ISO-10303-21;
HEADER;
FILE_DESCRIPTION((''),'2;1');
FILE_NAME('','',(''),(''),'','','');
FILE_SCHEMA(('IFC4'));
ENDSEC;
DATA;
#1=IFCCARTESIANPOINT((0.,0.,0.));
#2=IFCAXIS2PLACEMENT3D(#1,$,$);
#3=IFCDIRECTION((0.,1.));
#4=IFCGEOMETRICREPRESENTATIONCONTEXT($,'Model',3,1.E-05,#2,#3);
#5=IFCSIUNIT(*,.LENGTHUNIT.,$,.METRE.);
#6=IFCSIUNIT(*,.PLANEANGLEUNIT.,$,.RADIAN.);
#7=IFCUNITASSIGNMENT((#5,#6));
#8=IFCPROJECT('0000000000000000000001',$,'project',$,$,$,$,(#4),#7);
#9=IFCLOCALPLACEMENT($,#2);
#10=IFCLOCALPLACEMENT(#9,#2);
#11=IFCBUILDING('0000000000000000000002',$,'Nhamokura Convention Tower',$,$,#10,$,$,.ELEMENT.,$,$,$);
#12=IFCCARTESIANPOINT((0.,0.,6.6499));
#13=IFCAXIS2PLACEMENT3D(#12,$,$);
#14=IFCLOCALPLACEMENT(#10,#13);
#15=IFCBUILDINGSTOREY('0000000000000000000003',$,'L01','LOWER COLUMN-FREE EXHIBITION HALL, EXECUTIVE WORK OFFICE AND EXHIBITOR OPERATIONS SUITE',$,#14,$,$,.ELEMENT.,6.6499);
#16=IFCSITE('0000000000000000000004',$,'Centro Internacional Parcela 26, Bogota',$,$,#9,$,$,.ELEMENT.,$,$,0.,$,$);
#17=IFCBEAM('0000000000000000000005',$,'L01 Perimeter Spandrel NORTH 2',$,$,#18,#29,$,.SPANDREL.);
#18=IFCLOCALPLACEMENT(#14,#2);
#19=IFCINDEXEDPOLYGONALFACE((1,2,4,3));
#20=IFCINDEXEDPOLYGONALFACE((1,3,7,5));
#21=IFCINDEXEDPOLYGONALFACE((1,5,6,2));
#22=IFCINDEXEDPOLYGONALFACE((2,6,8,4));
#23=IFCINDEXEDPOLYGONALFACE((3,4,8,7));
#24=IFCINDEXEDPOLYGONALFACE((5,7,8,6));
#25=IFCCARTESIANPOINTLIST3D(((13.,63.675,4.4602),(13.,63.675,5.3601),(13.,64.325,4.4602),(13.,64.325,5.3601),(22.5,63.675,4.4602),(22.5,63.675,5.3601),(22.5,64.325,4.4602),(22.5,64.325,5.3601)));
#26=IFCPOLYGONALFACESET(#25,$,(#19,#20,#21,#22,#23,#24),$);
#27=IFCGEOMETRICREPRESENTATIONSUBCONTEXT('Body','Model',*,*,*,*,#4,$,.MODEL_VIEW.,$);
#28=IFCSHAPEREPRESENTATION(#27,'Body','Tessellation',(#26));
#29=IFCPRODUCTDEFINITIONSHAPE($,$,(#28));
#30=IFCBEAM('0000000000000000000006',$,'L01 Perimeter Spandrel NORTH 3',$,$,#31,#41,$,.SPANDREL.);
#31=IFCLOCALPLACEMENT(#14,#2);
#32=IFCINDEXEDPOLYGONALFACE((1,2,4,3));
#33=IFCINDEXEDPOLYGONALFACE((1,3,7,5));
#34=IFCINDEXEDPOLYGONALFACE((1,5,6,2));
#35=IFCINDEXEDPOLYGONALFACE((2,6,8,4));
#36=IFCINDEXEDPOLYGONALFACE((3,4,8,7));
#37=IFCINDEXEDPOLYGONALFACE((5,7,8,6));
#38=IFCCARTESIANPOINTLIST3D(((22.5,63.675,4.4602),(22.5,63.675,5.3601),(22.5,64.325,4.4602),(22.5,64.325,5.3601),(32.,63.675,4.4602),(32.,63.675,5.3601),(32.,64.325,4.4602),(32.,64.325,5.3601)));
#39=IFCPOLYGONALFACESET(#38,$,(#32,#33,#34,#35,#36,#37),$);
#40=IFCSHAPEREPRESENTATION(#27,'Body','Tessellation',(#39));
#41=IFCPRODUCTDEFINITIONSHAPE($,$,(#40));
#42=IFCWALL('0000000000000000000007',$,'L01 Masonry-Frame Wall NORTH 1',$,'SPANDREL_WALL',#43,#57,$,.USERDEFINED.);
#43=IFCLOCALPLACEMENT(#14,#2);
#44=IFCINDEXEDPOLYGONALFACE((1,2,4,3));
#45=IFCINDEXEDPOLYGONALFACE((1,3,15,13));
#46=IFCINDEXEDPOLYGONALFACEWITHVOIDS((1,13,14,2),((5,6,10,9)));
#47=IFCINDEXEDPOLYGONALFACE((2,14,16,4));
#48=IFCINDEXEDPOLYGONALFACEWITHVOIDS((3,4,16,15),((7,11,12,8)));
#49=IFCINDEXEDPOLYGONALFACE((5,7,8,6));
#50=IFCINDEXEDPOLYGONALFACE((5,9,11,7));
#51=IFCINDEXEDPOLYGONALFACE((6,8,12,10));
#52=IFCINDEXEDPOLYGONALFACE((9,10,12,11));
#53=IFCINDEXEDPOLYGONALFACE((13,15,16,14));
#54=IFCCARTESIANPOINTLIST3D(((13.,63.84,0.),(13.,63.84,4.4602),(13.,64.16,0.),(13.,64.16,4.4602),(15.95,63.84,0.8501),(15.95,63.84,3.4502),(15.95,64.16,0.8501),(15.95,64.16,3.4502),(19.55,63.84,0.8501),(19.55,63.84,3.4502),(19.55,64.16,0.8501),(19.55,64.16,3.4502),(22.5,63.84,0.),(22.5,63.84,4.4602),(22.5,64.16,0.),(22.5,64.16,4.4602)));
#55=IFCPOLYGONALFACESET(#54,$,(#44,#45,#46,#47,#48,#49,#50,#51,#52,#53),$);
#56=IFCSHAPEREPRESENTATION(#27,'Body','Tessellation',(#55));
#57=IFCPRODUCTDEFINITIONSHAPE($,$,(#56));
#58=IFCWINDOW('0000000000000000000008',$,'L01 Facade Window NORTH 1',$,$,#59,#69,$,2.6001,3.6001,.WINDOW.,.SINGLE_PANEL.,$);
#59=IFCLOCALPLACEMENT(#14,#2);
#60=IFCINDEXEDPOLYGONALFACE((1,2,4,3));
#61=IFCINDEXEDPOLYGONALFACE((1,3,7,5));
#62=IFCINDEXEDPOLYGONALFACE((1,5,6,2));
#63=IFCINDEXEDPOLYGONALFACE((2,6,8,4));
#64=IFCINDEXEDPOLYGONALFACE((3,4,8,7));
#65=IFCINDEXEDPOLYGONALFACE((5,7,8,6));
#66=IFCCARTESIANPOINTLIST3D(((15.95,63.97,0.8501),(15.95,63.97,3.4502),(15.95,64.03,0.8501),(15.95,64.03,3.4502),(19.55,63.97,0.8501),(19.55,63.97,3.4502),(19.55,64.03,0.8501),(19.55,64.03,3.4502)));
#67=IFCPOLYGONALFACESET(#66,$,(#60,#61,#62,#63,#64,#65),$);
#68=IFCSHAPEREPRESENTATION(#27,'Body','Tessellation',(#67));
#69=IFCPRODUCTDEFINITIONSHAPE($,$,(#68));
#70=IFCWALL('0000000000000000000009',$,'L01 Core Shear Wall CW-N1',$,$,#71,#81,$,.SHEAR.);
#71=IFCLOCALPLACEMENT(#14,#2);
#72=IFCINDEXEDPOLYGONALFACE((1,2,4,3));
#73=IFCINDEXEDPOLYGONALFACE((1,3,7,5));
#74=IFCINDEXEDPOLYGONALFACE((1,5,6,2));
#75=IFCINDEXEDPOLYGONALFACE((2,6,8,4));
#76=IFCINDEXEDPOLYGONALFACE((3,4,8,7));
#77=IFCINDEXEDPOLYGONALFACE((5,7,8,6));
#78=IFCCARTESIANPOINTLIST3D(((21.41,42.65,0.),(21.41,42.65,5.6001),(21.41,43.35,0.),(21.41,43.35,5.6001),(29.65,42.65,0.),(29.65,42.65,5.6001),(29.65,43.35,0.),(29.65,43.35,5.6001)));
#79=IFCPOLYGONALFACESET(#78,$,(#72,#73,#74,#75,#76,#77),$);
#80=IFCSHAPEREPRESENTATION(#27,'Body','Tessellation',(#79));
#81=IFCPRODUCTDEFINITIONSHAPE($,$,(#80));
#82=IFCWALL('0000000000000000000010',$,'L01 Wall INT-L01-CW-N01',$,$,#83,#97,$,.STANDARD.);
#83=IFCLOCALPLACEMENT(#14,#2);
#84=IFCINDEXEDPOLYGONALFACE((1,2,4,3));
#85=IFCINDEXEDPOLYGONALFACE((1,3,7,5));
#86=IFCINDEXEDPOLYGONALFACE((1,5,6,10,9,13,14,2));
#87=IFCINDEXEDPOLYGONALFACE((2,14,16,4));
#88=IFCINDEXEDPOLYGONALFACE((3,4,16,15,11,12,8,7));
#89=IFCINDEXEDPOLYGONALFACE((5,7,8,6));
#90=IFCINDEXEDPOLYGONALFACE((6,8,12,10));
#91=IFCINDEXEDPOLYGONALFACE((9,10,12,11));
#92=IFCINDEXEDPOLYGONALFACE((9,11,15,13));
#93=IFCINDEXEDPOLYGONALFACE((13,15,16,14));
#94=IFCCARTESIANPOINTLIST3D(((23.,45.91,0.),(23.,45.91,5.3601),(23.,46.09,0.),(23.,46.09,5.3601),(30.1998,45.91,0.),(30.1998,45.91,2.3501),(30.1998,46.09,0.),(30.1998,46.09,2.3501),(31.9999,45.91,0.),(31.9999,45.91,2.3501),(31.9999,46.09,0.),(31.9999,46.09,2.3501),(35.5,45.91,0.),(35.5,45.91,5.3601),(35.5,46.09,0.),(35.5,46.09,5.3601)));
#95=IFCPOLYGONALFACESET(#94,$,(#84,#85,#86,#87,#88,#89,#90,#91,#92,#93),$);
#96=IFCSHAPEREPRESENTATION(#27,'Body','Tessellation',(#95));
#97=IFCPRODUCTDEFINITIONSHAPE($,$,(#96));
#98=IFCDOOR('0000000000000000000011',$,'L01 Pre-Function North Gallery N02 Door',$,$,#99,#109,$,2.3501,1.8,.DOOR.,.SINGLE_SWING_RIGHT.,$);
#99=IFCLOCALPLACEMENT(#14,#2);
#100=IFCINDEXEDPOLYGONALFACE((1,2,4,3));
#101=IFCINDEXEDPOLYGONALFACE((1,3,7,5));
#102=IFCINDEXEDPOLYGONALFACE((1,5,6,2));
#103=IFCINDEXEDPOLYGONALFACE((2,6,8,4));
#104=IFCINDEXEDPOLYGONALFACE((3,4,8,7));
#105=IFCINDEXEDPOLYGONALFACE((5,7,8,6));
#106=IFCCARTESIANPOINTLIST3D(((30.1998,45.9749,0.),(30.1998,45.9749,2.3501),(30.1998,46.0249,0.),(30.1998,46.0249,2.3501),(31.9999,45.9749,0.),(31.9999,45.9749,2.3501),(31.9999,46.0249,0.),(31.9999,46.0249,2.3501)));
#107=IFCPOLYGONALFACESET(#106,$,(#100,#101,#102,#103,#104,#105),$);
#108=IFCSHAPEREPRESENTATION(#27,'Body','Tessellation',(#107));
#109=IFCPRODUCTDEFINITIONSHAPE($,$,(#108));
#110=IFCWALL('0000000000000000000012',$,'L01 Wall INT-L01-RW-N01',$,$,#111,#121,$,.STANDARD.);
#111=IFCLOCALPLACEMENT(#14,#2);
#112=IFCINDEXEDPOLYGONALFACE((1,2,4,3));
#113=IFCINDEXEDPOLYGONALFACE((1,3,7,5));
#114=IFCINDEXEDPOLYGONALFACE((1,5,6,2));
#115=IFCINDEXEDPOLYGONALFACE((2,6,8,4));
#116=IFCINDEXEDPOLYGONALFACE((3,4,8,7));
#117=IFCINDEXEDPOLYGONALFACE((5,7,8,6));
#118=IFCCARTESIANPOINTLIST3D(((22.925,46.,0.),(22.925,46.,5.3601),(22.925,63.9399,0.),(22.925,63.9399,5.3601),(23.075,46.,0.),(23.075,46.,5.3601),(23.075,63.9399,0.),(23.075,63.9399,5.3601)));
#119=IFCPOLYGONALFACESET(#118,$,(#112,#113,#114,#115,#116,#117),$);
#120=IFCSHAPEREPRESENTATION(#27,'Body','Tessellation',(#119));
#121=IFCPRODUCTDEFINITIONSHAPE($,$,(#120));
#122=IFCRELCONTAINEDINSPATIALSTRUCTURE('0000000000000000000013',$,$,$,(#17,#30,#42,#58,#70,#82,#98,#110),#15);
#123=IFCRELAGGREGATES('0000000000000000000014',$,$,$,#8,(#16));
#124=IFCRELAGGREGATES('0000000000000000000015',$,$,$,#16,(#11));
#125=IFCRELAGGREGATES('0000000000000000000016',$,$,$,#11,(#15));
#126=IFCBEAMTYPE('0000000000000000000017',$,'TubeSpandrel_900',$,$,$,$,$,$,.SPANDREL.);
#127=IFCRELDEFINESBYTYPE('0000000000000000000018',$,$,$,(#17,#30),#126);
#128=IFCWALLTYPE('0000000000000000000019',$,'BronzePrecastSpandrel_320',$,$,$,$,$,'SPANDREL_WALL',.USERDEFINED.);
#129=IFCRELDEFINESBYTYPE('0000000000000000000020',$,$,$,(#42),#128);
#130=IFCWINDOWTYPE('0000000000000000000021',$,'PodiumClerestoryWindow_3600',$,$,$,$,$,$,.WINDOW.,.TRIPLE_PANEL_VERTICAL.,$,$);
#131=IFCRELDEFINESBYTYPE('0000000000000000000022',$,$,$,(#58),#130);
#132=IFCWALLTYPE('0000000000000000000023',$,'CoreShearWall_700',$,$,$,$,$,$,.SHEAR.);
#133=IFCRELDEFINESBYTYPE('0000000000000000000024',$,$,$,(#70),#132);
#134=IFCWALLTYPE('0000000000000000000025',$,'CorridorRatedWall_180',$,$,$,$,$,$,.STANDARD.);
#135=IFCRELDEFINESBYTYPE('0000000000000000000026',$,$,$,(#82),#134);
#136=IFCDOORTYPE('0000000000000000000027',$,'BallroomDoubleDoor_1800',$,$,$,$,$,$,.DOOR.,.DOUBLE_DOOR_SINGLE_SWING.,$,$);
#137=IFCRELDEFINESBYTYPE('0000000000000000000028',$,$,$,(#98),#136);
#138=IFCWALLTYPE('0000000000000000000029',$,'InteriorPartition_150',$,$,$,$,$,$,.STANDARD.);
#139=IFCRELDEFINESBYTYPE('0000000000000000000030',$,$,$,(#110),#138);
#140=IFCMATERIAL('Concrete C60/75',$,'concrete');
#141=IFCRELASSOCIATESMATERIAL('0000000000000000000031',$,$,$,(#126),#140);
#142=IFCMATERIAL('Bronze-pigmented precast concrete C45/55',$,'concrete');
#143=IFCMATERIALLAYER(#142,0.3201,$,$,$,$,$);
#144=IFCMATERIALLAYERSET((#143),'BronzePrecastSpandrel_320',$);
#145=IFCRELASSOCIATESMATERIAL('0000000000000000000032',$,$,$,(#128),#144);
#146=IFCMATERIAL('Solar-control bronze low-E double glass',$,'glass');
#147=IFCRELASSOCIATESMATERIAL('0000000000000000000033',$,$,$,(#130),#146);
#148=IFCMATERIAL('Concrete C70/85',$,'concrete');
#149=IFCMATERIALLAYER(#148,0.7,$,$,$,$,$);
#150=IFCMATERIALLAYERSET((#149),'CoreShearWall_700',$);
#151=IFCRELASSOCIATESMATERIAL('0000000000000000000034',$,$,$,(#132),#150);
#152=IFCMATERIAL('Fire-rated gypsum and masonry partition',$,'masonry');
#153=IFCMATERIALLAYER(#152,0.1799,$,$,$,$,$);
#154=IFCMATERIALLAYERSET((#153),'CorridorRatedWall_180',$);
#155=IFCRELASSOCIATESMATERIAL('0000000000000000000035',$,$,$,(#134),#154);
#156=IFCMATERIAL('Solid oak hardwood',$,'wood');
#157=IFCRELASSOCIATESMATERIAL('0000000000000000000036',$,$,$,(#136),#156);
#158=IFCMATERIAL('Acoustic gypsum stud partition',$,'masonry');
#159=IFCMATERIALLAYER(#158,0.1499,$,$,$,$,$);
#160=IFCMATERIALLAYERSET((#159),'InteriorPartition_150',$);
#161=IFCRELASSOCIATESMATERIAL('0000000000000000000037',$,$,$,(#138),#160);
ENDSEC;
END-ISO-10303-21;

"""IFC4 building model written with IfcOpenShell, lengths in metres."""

from ifc_helpers import new_model, si_unit, direction, frame, frame_2d, origin, origin_2d, place, context, subcontext, project, spatial, rectangle, extrude, material, layer, layer_set, material_profile, profile_set, type_object, element, fill, save


model = new_model("IFC4")

# Units and contexts
model_context = context("Model", 3, precision=1e-05, world=origin(), true_north=direction((0.0, 1.0)))
body_context = subcontext(model_context, "Body", "Model", "MODEL_VIEW")
ifc_project = project(units=[si_unit("LENGTHUNIT", "METRE"), si_unit("PLANEANGLEUNIT", "RADIAN")], contexts=[model_context])

# Site, building, storey
site_placement = place(None, origin())
site = spatial("IfcSite", under=ifc_project, at=site_placement, Name="Centro Internacional Parcela 26, Bogota", CompositionType="ELEMENT", RefElevation=0.0)
building_placement = place(site_placement, origin())
building = spatial("IfcBuilding", under=site, at=building_placement, Name="Nhamokura Convention Tower", CompositionType="ELEMENT")
storey_placement = place(building_placement, frame((0.0, 0.0, 6.6499)))
storey = spatial("IfcBuildingStorey", under=building, at=storey_placement, Name="L01", Description="LOWER COLUMN-FREE EXHIBITION HALL, EXECUTIVE WORK OFFICE AND EXHIBITOR OPERATIONS SUITE", CompositionType="ELEMENT", Elevation=6.6499)

# Beams
ifc_material_1 = material(Name="Concrete C60/75", Category="concrete")
ifc_material_profile_1 = material_profile(ifc_material_1, rectangle(XDim=0.6499, YDim=0.8999, at=origin_2d()))
ifc_profile_set_1 = profile_set([ifc_material_profile_1], Name="Concrete C60/75")
beam_type_1 = type_object("IfcBeamType", Name="TubeSpandrel_900", PredefinedType="SPANDREL", material=ifc_profile_set_1)
for number, where, z_axis, x_axis, name in (
    (1, (13.0, 64.0, 4.9102), (1.0, 0.0, 0.0), (0.0, 1.0, 0.0), "L01 Perimeter Spandrel NORTH 2"),
    (2, (22.5, 64.0, 4.9102), (1.0, 0.0, 0.0), (0.0, 1.0, 0.0), "L01 Perimeter Spandrel NORTH 3"),
):
    element("IfcBeam", number, at=place(storey_placement, frame(where, z_axis=z_axis, x_axis=x_axis)), inside=storey, type_object=beam_type_1, Name=name, PredefinedType="SPANDREL", context=body_context, shape_type="SweptSolid", body=[
        extrude(rectangle(XDim=0.6499, YDim=0.8999, at=origin_2d()), origin(), (0.0, 0.0, 1.0), 9.5),
    ])

# Wall, opening, window
ifc_material_2 = material(Name="Bronze-pigmented precast concrete C45/55", Category="concrete")
ifc_layer_1 = layer(ifc_material_2, 0.3201)
ifc_layer_set_1 = layer_set([ifc_layer_1], Name="BronzePrecastSpandrel_320")
wall_type_1 = type_object("IfcWallType", Name="BronzePrecastSpandrel_320", ElementType="SPANDREL_WALL", PredefinedType="USERDEFINED", material=ifc_layer_set_1)
wall_1_placement = place(storey_placement, frame((13.0, 64.0, 0.0), z_axis=(0.0, 0.0, 1.0), x_axis=(1.0, 0.0, 0.0)))
wall_1 = element("IfcWall", 3, at=wall_1_placement, inside=storey, type_object=wall_type_1, Name="L01 Masonry-Frame Wall NORTH 1", ObjectType="SPANDREL_WALL", PredefinedType="USERDEFINED", context=body_context, shape_type="SweptSolid", body=[
    extrude(rectangle(XDim=9.5, YDim=0.3201, at=frame_2d((4.75, 0.0))), origin(), (0.0, 0.0, 1.0), 4.4602),
])
opening_1_placement = place(wall_1_placement, frame((2.95, 0.0, 0.8501)))
opening_1 = element("IfcOpeningElement", 4, at=opening_1_placement, cuts=wall_1, PredefinedType="OPENING", context=body_context, shape_type="SweptSolid", body=[
    extrude(rectangle(XDim=3.6001, YDim=2.6001, at=frame_2d((1.8, 1.3))), frame((0.0, 0.1699, 0.0), z_axis=(0.0, -1.0, 0.0), x_axis=(1.0, 0.0, 0.0)), (0.0, 0.0, 1.0), 0.3401),
])
ifc_material_3 = material(Name="Solar-control bronze low-E double glass", Category="glass")
window_type = type_object("IfcWindowType", Name="PodiumClerestoryWindow_3600", PartitioningType="TRIPLE_PANEL_VERTICAL", PredefinedType="WINDOW", material=ifc_material_3)
window_placement = place(opening_1_placement, origin())
window = element("IfcWindow", 5, at=window_placement, inside=storey, type_object=window_type, Name="L01 Facade Window NORTH 1", OverallHeight=2.6001, OverallWidth=3.6001, PartitioningType="SINGLE_PANEL", PredefinedType="WINDOW", context=body_context, shape_type="SweptSolid", body=[
    extrude(rectangle(XDim=3.6001, YDim=2.6001, at=frame_2d((1.8, 1.3))), frame((0.0, 0.03, 0.0), z_axis=(0.0, -1.0, 0.0), x_axis=(1.0, 0.0, 0.0)), (0.0, 0.0, 1.0), 0.0601),
])
fill(opening_1, window)

# Wall
ifc_material_4 = material(Name="Concrete C70/85", Category="concrete")
ifc_layer_2 = layer(ifc_material_4, 0.7)
ifc_layer_set_2 = layer_set([ifc_layer_2], Name="CoreShearWall_700")
wall_type_2 = type_object("IfcWallType", Name="CoreShearWall_700", PredefinedType="SHEAR", material=ifc_layer_set_2)
wall_2_placement = place(storey_placement, frame((21.4099, 43.0, 0.0), z_axis=(0.0, 0.0, 1.0), x_axis=(1.0, 0.0, 0.0)))
element("IfcWall", 6, at=wall_2_placement, inside=storey, type_object=wall_type_2, Name="L01 Core Shear Wall CW-N1", PredefinedType="SHEAR", context=body_context, shape_type="SweptSolid", body=[
    extrude(rectangle(XDim=8.24, YDim=0.7, at=frame_2d((4.1201, 0.0))), origin(), (0.0, 0.0, 1.0), 5.6001),
])

# Wall, opening, door
ifc_material_5 = material(Name="Fire-rated gypsum and masonry partition", Category="masonry")
ifc_layer_3 = layer(ifc_material_5, 0.1799)
ifc_layer_set_3 = layer_set([ifc_layer_3], Name="CorridorRatedWall_180")
wall_type_3 = type_object("IfcWallType", Name="CorridorRatedWall_180", PredefinedType="STANDARD", material=ifc_layer_set_3)
wall_3_placement = place(storey_placement, frame((23.0, 46.0, 0.0), z_axis=(0.0, 0.0, 1.0), x_axis=(1.0, 0.0, 0.0)))
wall_3 = element("IfcWall", 7, at=wall_3_placement, inside=storey, type_object=wall_type_3, Name="L01 Wall INT-L01-CW-N01", PredefinedType="STANDARD", context=body_context, shape_type="SweptSolid", body=[
    extrude(rectangle(XDim=12.5, YDim=0.1799, at=frame_2d((6.25, 0.0))), origin(), (0.0, 0.0, 1.0), 5.3601),
])
opening_2_placement = place(wall_3_placement, frame((7.2, 0.0, 0.0)))
opening_2 = element("IfcOpeningElement", 8, at=opening_2_placement, cuts=wall_3, PredefinedType="OPENING", context=body_context, shape_type="SweptSolid", body=[
    extrude(rectangle(XDim=1.8, YDim=2.3501, at=frame_2d((0.8999, 1.175))), frame((0.0, 0.0999, 0.0), z_axis=(0.0, -1.0, 0.0), x_axis=(1.0, 0.0, 0.0)), (0.0, 0.0, 1.0), 0.2),
])
ifc_material_6 = material(Name="Solid oak hardwood", Category="wood")
door_type = type_object("IfcDoorType", Name="BallroomDoubleDoor_1800", OperationType="DOUBLE_DOOR_SINGLE_SWING", PredefinedType="DOOR", material=ifc_material_6)
door_placement = place(opening_2_placement, origin())
door = element("IfcDoor", 9, at=door_placement, inside=storey, type_object=door_type, Name="L01 Pre-Function North Gallery N02 Door", OperationType="SINGLE_SWING_RIGHT", OverallHeight=2.3501, OverallWidth=1.8, PredefinedType="DOOR", context=body_context, shape_type="SweptSolid", body=[
    extrude(rectangle(XDim=1.8, YDim=2.3501, at=frame_2d((0.8999, 1.175))), frame((0.0, 0.0249, 0.0), z_axis=(0.0, -1.0, 0.0), x_axis=(1.0, 0.0, 0.0)), (0.0, 0.0, 1.0), 0.05),
])
fill(opening_2, door)

# Wall
ifc_material_7 = material(Name="Acoustic gypsum stud partition", Category="masonry")
ifc_layer_4 = layer(ifc_material_7, 0.1499)
ifc_layer_set_4 = layer_set([ifc_layer_4], Name="InteriorPartition_150")
wall_type_4 = type_object("IfcWallType", Name="InteriorPartition_150", PredefinedType="STANDARD", material=ifc_layer_set_4)
wall_4_placement = place(storey_placement, frame((23.0, 46.0, 0.0), z_axis=(0.0, 0.0, 1.0), x_axis=(0.0, 1.0, 0.0)))
element("IfcWall", 10, at=wall_4_placement, inside=storey, type_object=wall_type_4, Name="L01 Wall INT-L01-RW-N01", PredefinedType="STANDARD", context=body_context, shape_type="SweptSolid", body=[
    extrude(rectangle(XDim=17.9399, YDim=0.1499, at=frame_2d((8.97, 0.0))), origin(), (0.0, 0.0, 1.0), 5.3601),
])

save(model, "model.ifc")
